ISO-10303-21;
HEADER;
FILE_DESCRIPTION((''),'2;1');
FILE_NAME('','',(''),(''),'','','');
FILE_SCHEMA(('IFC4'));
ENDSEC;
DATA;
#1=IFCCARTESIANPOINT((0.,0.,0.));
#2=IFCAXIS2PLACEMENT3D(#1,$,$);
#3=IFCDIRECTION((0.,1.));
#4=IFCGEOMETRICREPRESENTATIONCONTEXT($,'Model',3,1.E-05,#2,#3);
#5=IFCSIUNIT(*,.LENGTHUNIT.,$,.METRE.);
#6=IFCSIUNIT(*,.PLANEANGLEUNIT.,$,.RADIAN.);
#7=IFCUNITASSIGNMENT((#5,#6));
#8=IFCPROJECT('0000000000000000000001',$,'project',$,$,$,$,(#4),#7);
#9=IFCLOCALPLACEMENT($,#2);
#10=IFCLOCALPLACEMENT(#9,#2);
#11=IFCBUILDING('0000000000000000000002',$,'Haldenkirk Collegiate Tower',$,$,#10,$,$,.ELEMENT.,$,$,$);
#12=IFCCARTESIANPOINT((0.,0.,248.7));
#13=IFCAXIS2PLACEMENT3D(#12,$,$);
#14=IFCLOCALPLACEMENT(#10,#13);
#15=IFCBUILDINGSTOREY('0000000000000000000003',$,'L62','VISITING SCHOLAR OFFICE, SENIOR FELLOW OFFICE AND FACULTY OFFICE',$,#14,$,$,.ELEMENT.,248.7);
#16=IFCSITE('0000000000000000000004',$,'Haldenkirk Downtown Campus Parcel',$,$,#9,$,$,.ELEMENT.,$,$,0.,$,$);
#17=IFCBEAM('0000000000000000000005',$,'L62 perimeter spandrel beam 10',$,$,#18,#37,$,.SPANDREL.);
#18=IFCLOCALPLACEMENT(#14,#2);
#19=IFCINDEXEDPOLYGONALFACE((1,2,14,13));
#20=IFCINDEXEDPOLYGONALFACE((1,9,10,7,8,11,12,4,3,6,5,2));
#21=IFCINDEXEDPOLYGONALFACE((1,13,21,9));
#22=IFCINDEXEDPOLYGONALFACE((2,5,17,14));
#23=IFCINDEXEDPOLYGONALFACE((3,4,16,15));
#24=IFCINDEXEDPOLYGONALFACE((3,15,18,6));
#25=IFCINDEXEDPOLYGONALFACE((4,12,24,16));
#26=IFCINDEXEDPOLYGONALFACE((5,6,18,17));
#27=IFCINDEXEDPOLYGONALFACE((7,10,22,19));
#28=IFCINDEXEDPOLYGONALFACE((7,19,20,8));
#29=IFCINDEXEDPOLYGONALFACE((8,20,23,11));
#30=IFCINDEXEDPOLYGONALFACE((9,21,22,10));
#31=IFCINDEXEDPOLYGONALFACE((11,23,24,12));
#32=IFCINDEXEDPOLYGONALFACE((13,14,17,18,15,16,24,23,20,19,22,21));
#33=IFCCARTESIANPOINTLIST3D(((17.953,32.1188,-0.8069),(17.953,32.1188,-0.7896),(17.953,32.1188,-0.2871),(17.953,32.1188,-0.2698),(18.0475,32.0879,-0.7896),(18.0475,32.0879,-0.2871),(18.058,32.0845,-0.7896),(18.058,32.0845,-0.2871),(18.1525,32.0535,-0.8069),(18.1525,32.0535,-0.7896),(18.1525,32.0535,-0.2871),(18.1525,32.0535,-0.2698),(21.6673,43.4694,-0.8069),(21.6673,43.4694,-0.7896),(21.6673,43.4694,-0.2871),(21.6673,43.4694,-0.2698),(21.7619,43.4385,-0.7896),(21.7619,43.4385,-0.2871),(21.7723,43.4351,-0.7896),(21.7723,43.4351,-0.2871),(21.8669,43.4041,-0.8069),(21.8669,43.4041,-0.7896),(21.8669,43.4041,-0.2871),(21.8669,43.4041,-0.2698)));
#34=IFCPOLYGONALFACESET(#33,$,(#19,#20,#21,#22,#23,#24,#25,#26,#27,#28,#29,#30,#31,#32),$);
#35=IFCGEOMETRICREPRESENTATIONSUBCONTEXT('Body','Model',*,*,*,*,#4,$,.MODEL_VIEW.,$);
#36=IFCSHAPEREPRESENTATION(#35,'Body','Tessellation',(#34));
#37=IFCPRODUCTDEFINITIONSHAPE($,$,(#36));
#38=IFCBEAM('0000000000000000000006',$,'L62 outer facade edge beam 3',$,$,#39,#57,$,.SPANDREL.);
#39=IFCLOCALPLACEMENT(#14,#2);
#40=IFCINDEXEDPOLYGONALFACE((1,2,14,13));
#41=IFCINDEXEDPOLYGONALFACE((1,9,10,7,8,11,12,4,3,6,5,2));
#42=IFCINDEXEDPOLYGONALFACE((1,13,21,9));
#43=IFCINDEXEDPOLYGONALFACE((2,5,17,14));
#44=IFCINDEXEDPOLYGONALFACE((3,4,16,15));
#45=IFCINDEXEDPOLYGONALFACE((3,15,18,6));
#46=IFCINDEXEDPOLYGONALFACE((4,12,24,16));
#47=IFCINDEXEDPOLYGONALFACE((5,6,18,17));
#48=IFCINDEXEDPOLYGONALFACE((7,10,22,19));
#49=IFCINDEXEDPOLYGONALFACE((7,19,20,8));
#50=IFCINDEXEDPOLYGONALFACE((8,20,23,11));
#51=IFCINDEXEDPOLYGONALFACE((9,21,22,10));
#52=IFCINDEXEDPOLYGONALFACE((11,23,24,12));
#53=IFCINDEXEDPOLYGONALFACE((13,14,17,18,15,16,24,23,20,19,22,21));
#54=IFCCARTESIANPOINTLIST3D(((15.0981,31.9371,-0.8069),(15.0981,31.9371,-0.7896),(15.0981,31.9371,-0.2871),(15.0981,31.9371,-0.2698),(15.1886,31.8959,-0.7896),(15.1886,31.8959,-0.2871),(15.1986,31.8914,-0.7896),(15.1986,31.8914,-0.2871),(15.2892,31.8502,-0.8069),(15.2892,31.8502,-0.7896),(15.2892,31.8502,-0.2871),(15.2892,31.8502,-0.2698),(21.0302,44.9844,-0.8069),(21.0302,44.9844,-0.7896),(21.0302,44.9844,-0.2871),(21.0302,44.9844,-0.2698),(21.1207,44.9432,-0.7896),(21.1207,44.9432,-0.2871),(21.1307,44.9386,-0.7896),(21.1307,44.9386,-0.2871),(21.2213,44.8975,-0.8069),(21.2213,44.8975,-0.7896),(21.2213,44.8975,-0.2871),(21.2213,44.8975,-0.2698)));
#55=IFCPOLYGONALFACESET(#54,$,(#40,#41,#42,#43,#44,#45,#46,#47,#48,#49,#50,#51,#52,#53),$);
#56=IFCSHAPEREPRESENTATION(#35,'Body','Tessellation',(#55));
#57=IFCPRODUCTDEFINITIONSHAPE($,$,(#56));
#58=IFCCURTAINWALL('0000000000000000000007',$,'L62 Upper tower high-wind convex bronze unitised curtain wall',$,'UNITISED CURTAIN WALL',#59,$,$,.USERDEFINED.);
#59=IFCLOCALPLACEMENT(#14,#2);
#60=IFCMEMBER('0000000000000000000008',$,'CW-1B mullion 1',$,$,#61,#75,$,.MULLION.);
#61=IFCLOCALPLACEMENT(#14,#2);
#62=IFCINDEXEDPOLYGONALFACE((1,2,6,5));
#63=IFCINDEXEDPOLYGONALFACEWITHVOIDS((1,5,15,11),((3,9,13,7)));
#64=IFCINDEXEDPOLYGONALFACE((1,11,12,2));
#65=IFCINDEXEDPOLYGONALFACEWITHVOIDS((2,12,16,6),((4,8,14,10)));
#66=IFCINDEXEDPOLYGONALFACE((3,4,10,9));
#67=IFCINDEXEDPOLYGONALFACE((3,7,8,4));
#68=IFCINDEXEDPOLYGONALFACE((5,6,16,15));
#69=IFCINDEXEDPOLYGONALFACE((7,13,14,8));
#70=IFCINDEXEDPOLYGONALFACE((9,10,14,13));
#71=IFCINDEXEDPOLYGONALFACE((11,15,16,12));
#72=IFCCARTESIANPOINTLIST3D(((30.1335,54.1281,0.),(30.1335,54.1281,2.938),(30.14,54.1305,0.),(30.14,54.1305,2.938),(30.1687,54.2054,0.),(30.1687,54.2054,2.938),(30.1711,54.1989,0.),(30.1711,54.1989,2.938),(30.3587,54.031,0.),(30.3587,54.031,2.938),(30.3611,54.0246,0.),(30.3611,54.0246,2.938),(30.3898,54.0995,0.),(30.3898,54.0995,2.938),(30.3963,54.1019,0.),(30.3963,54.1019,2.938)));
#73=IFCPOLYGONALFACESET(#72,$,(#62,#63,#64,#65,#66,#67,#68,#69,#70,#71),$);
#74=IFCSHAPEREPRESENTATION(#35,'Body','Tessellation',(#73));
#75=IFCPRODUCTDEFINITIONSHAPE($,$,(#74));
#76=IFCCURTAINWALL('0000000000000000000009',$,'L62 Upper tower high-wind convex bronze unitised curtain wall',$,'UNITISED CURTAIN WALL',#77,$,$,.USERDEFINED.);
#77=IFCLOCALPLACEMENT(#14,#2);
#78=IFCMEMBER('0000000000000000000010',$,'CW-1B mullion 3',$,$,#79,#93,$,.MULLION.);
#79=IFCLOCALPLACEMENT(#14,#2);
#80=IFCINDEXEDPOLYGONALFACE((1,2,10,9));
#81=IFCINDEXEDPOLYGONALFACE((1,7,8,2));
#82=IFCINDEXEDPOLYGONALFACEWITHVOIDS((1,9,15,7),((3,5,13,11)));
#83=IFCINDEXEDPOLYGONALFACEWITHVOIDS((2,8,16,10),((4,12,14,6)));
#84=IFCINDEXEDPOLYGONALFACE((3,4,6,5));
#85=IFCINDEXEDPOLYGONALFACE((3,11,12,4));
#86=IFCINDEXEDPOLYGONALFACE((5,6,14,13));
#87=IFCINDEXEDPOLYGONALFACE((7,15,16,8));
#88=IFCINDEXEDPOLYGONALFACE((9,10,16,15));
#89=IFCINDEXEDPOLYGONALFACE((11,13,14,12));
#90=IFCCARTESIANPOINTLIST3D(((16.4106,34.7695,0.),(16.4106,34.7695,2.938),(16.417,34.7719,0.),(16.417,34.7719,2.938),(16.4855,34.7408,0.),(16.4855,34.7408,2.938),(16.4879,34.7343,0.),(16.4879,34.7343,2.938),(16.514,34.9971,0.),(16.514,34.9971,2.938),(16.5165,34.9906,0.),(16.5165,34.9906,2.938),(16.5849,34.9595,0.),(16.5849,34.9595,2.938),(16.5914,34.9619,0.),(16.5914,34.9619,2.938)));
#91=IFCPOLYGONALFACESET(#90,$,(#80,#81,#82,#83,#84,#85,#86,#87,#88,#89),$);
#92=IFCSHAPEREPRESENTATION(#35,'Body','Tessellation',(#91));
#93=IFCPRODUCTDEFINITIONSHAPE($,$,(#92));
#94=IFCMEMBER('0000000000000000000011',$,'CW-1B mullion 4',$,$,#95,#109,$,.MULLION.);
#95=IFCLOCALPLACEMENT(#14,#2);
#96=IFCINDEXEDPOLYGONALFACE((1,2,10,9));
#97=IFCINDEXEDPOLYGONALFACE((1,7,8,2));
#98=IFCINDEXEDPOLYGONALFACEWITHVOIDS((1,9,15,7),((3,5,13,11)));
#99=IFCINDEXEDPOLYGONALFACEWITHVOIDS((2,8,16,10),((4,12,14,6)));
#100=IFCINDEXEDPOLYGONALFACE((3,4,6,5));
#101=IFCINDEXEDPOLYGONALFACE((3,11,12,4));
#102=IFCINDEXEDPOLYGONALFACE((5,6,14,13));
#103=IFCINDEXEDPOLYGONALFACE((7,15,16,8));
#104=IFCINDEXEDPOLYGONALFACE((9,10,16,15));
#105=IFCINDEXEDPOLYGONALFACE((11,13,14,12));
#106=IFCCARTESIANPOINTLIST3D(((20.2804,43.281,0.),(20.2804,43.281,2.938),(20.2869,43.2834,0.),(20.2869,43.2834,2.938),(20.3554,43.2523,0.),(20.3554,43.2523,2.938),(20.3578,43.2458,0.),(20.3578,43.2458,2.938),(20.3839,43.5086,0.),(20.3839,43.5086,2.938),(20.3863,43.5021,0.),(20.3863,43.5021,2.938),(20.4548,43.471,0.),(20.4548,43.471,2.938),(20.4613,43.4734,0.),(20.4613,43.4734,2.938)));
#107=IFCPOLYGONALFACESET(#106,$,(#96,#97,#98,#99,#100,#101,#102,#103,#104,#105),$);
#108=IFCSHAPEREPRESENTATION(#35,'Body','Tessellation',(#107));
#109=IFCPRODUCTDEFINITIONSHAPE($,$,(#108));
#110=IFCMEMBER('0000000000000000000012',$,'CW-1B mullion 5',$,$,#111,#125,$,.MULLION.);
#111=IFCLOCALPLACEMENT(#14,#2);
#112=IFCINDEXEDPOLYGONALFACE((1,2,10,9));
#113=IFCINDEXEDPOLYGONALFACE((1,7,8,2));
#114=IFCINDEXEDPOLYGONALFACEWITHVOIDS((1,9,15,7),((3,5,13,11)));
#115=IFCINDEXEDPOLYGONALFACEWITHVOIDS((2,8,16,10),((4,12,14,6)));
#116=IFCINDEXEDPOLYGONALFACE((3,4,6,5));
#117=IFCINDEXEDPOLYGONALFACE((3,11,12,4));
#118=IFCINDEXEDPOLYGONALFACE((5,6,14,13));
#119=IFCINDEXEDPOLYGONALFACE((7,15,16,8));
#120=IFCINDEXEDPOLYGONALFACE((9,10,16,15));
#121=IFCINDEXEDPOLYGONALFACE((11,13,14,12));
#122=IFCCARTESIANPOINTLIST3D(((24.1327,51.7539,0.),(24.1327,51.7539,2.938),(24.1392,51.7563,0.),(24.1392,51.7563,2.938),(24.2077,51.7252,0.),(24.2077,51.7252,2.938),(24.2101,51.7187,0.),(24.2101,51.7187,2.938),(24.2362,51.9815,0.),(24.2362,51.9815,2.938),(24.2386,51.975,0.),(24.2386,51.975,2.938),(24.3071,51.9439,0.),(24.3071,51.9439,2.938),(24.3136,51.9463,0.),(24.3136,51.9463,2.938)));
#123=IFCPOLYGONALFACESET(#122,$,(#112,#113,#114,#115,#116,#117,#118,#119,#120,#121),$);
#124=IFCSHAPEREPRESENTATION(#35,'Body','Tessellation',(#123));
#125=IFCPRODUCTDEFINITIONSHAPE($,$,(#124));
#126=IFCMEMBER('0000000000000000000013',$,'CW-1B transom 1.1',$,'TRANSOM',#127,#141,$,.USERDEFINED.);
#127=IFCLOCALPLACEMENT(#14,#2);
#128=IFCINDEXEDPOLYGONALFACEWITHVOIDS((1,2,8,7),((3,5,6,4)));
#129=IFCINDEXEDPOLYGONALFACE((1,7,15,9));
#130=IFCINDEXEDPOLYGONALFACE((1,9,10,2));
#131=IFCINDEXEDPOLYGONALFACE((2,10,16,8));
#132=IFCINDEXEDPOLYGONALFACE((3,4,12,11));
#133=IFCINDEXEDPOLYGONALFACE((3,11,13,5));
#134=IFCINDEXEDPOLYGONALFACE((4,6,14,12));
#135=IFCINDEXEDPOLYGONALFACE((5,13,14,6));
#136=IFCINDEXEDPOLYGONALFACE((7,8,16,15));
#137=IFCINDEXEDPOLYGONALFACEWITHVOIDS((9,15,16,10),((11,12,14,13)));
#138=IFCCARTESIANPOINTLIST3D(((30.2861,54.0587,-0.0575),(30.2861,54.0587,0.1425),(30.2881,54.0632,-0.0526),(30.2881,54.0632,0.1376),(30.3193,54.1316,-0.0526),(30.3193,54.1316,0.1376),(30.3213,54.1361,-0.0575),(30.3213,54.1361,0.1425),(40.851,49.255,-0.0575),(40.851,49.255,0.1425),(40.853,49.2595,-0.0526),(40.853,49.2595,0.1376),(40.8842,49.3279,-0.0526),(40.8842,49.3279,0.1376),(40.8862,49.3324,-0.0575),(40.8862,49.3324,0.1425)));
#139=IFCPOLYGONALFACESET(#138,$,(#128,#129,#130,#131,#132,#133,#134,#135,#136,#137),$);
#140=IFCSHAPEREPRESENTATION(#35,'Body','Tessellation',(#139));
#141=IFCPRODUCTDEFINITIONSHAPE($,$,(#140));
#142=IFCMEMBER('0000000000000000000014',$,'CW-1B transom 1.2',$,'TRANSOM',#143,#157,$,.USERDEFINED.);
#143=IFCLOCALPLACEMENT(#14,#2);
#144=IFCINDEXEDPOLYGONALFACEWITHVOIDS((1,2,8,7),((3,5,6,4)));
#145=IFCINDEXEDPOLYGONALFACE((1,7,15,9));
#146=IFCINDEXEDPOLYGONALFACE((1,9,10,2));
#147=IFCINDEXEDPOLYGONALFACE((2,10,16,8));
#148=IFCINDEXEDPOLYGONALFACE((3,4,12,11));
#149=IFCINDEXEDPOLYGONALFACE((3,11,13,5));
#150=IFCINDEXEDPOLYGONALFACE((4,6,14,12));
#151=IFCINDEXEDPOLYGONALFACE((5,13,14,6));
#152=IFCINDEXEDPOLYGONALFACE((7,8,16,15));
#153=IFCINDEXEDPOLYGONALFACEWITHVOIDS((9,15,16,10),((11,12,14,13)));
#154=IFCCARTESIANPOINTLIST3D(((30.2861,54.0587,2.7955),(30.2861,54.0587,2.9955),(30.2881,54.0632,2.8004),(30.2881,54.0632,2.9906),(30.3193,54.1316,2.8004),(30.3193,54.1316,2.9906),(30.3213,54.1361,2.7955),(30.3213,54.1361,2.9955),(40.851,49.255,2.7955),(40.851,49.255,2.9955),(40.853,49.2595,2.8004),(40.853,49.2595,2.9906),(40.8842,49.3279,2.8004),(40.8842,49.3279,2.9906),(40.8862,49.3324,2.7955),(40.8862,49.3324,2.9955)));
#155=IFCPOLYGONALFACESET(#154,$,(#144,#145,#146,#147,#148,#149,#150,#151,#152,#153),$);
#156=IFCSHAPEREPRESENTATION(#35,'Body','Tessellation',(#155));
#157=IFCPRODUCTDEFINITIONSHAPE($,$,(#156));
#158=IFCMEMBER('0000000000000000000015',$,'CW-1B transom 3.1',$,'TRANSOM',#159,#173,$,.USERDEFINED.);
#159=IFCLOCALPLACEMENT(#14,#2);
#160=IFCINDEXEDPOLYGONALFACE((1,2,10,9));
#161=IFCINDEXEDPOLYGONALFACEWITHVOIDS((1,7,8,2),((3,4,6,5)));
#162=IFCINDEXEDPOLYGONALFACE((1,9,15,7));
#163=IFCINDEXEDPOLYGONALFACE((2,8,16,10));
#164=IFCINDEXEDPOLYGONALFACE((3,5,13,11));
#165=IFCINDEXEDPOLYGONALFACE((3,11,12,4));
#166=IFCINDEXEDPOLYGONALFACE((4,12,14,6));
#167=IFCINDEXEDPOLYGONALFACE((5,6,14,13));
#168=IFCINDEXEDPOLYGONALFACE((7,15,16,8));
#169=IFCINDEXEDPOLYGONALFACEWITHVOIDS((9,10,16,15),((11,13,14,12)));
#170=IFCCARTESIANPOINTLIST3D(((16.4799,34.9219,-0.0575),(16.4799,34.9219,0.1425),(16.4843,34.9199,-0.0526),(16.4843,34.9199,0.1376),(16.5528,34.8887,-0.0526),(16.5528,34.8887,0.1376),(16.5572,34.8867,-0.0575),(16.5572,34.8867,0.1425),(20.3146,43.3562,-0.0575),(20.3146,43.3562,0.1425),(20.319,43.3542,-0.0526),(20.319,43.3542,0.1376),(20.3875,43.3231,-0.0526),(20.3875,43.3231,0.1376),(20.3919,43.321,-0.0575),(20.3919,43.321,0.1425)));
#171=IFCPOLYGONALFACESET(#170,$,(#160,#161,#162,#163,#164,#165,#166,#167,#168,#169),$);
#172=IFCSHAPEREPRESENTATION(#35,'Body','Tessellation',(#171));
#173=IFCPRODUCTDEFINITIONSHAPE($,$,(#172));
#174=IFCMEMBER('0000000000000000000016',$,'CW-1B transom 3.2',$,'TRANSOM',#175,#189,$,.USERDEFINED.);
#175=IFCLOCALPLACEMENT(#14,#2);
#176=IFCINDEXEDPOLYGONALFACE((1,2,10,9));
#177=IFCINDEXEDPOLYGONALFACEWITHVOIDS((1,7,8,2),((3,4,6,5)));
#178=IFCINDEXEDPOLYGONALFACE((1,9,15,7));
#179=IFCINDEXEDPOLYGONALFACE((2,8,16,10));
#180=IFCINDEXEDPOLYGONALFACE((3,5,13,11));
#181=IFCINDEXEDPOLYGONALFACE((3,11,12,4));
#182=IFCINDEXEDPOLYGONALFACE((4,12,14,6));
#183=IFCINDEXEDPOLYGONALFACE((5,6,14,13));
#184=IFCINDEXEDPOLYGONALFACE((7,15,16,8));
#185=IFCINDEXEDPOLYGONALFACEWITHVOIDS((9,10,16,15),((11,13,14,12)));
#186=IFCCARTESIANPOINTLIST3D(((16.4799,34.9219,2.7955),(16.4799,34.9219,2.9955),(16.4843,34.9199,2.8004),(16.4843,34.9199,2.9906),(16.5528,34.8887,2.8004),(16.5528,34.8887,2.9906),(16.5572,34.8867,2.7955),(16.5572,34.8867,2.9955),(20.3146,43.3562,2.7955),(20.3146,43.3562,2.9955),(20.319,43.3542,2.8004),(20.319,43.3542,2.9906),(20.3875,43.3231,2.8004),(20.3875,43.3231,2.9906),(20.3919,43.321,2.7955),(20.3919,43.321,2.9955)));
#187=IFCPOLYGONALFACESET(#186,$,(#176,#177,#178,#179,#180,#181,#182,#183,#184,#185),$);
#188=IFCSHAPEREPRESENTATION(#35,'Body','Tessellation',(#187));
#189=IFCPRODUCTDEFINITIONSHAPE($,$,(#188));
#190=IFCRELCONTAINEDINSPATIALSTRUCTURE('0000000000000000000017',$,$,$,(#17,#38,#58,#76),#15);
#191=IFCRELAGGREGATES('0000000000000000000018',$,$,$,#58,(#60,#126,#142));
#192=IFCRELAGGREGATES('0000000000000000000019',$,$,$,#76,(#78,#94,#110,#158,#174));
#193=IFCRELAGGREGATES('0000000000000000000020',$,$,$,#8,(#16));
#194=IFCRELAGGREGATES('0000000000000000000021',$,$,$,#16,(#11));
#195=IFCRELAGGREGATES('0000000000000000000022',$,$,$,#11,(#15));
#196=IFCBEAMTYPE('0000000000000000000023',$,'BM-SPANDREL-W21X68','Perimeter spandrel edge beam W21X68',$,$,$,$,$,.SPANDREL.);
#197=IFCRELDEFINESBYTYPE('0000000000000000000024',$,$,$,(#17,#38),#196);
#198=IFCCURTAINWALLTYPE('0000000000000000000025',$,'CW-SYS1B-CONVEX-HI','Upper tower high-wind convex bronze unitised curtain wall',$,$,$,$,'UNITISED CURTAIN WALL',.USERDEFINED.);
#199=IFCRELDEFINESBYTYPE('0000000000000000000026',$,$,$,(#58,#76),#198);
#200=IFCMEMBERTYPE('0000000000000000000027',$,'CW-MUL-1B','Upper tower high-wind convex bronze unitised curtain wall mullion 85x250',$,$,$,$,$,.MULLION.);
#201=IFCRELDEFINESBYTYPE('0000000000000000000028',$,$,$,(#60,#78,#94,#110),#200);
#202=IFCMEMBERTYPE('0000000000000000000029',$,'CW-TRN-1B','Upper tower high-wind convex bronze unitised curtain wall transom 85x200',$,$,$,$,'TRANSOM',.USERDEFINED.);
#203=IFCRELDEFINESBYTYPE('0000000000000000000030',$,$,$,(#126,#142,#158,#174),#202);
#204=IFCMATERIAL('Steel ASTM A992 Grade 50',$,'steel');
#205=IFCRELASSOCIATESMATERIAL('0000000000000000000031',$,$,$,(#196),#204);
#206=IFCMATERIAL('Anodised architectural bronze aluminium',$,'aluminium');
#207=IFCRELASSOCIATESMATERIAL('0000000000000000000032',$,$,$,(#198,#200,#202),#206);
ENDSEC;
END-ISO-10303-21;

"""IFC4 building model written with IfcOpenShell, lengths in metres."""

from ifc_helpers import new_model, si_unit, direction, frame, origin, origin_2d, place, context, subcontext, project, spatial, hollow_rectangle, i_section, extrude, material, material_profile, profile_set, type_object, element, aggregate, save


model = new_model("IFC4")

# Units and contexts
model_context = context("Model", 3, precision=1e-05, world=origin(), true_north=direction((0.0, 1.0)))
body_context = subcontext(model_context, "Body", "Model", "MODEL_VIEW")
ifc_project = project(units=[si_unit("LENGTHUNIT", "METRE"), si_unit("PLANEANGLEUNIT", "RADIAN")], contexts=[model_context])

# Site, building, storey
site_placement = place(None, origin())
site = spatial("IfcSite", under=ifc_project, at=site_placement, Name="Haldenkirk Downtown Campus Parcel", CompositionType="ELEMENT", RefElevation=0.0)
building_placement = place(site_placement, origin())
building = spatial("IfcBuilding", under=site, at=building_placement, Name="Haldenkirk Collegiate Tower", CompositionType="ELEMENT")
storey_placement = place(building_placement, frame((0.0, 0.0, 248.7)))
storey = spatial("IfcBuildingStorey", under=building, at=storey_placement, Name="L62", Description="VISITING SCHOLAR OFFICE, SENIOR FELLOW OFFICE AND FACULTY OFFICE", CompositionType="ELEMENT", Elevation=248.7)

# Beams
ifc_material_1 = material(Name="Steel ASTM A992 Grade 50", Category="steel")
ifc_material_profile_1 = material_profile(ifc_material_1, i_section(OverallWidth=0.21, OverallDepth=0.5371, WebThickness=0.011, FlangeThickness=0.0173, at=origin_2d()), Name="W21X68")
ifc_profile_set_1 = profile_set([ifc_material_profile_1], Name="Steel ASTM A992 Grade 50")
beam_type_1 = type_object("IfcBeamType", Name="BM-SPANDREL-W21X68", Description="Perimeter spandrel edge beam W21X68", PredefinedType="SPANDREL", material=ifc_profile_set_1)
beam_1_placement = place(storey_placement, frame((21.7671, 43.4368, -0.5383), z_axis=(-0.31101, -0.950407, 0.0), x_axis=(0.950407, -0.31101, 0.0)))
element("IfcBeam", 1, at=beam_1_placement, inside=storey, type_object=beam_type_1, Name="L62 perimeter spandrel beam 10", PredefinedType="SPANDREL", context=body_context, shape_type="SweptSolid", body=[
    extrude(i_section(OverallWidth=0.21, OverallDepth=0.5371, WebThickness=0.011, FlangeThickness=0.0173, at=origin_2d()), origin(), (0.0, 0.0, 1.0), 11.9429),
])
beam_2_placement = place(storey_placement, frame((21.1257, 44.9409, -0.5383), z_axis=(-0.41389, -0.910327, 0.0), x_axis=(0.910327, -0.41389, 0.0)))
element("IfcBeam", 2, at=beam_2_placement, inside=storey, type_object=beam_type_1, Name="L62 outer facade edge beam 3", PredefinedType="SPANDREL", context=body_context, shape_type="SweptSolid", body=[
    extrude(i_section(OverallWidth=0.21, OverallDepth=0.5371, WebThickness=0.011, FlangeThickness=0.0173, at=origin_2d()), origin(), (0.0, 0.0, 1.0), 14.3325),
])

# Curtain wall, member
ifc_material_2 = material(Name="Anodised architectural bronze aluminium", Category="aluminium")
curtain_wall_type = type_object("IfcCurtainWallType", Name="CW-SYS1B-CONVEX-HI", Description="Upper tower high-wind convex bronze unitised curtain wall", ElementType="UNITISED CURTAIN WALL", PredefinedType="USERDEFINED", material=ifc_material_2)
curtain_wall_1_placement = place(storey_placement, origin())
curtain_wall_1 = element("IfcCurtainWall", 3, at=curtain_wall_1_placement, inside=storey, type_object=curtain_wall_type, Name="L62 Upper tower high-wind convex bronze unitised curtain wall", ObjectType="UNITISED CURTAIN WALL", PredefinedType="USERDEFINED")
ifc_material_profile_2 = material_profile(ifc_material_2, hollow_rectangle(XDim=0.085, YDim=0.25, WallThickness=0.0049, at=origin_2d()), Name="CW-MUL-1B")
ifc_profile_set_2 = profile_set([ifc_material_profile_2], Name="Anodised architectural bronze aluminium")
member_type_1 = type_object("IfcMemberType", Name="CW-MUL-1B", Description="Upper tower high-wind convex bronze unitised curtain wall mullion 85x250", PredefinedType="MULLION", material=ifc_profile_set_2)
member_1_placement = place(storey_placement, frame((30.2649, 54.115, 0.0), z_axis=(0.0, 0.0, 1.0), x_axis=(0.413901, 0.910322, 0.0)))
member_1 = element("IfcMember", 4, at=member_1_placement, type_object=member_type_1, Name="CW-1B mullion 1", PredefinedType="MULLION", context=body_context, shape_type="SweptSolid", body=[
    extrude(hollow_rectangle(XDim=0.085, YDim=0.25, WallThickness=0.0049, at=origin_2d()), origin(), (0.0, 0.0, 1.0), 2.938),
])

# Curtain wall, members
curtain_wall_2_placement = place(storey_placement, origin())
curtain_wall_2 = element("IfcCurtainWall", 5, at=curtain_wall_2_placement, inside=storey, type_object=curtain_wall_type, Name="L62 Upper tower high-wind convex bronze unitised curtain wall", ObjectType="UNITISED CURTAIN WALL", PredefinedType="USERDEFINED")
member_2_placement = place(storey_placement, frame((16.501, 34.8657, 0.0), z_axis=(0.0, 0.0, 1.0), x_axis=(-0.910323, 0.413899, 0.0)))
member_2 = element("IfcMember", 6, at=member_2_placement, type_object=member_type_1, Name="CW-1B mullion 3", PredefinedType="MULLION", context=body_context, shape_type="SweptSolid", body=[
    extrude(hollow_rectangle(XDim=0.085, YDim=0.25, WallThickness=0.0049, at=origin_2d()), origin(), (0.0, 0.0, 1.0), 2.938),
])
member_3_placement = place(storey_placement, frame((20.3708, 43.3772, 0.0), z_axis=(0.0, 0.0, 1.0), x_axis=(-0.910323, 0.413899, 0.0)))
member_3 = element("IfcMember", 7, at=member_3_placement, type_object=member_type_1, Name="CW-1B mullion 4", PredefinedType="MULLION", context=body_context, shape_type="SweptSolid", body=[
    extrude(hollow_rectangle(XDim=0.085, YDim=0.25, WallThickness=0.0049, at=origin_2d()), origin(), (0.0, 0.0, 1.0), 2.938),
])
member_4_placement = place(storey_placement, frame((24.2231, 51.8501, 0.0), z_axis=(0.0, 0.0, 1.0), x_axis=(-0.910323, 0.413899, 0.0)))
member_4 = element("IfcMember", 8, at=member_4_placement, type_object=member_type_1, Name="CW-1B mullion 5", PredefinedType="MULLION", context=body_context, shape_type="SweptSolid", body=[
    extrude(hollow_rectangle(XDim=0.085, YDim=0.25, WallThickness=0.0049, at=origin_2d()), origin(), (0.0, 0.0, 1.0), 2.938),
])

# Members
ifc_material_profile_3 = material_profile(ifc_material_2, hollow_rectangle(XDim=0.085, YDim=0.2, WallThickness=0.0049, at=origin_2d()), Name="CW-TRN-1B")
ifc_profile_set_3 = profile_set([ifc_material_profile_3], Name="Anodised architectural bronze aluminium")
member_type_2 = type_object("IfcMemberType", Name="CW-TRN-1B", Description="Upper tower high-wind convex bronze unitised curtain wall transom 85x200", ElementType="TRANSOM", PredefinedType="USERDEFINED", material=ifc_profile_set_3)
member_5_placement = place(storey_placement, frame((30.3037, 54.0974, 0.0425), z_axis=(0.910319, -0.413908, 0.0), x_axis=(0.413908, 0.910319, 0.0)))
member_5 = element("IfcMember", 9, at=member_5_placement, type_object=member_type_2, Name="CW-1B transom 1.1", ObjectType="TRANSOM", PredefinedType="USERDEFINED", context=body_context, shape_type="SweptSolid", body=[
    extrude(hollow_rectangle(XDim=0.085, YDim=0.2, WallThickness=0.0049, at=origin_2d()), origin(), (0.0, 0.0, 1.0), 11.6057),
])
member_6_placement = place(storey_placement, frame((30.3037, 54.0974, 2.8955), z_axis=(0.910319, -0.413908, 0.0), x_axis=(0.413908, 0.910319, 0.0)))
member_6 = element("IfcMember", 10, at=member_6_placement, type_object=member_type_2, Name="CW-1B transom 1.2", ObjectType="TRANSOM", PredefinedType="USERDEFINED", context=body_context, shape_type="SweptSolid", body=[
    extrude(hollow_rectangle(XDim=0.085, YDim=0.2, WallThickness=0.0049, at=origin_2d()), origin(), (0.0, 0.0, 1.0), 11.6057),
])
aggregate(curtain_wall_1, [member_1, member_5, member_6])
member_7_placement = place(storey_placement, frame((16.5186, 34.9043, 0.0425), z_axis=(0.413886, 0.910329, 0.0), x_axis=(-0.910329, 0.413886, 0.0)))
member_7 = element("IfcMember", 11, at=member_7_placement, type_object=member_type_2, Name="CW-1B transom 3.1", ObjectType="TRANSOM", PredefinedType="USERDEFINED", context=body_context, shape_type="SweptSolid", body=[
    extrude(hollow_rectangle(XDim=0.085, YDim=0.2, WallThickness=0.0049, at=origin_2d()), origin(), (0.0, 0.0, 1.0), 9.2651),
])
member_8_placement = place(storey_placement, frame((16.5186, 34.9043, 2.8955), z_axis=(0.413886, 0.910329, 0.0), x_axis=(-0.910329, 0.413886, 0.0)))
member_8 = element("IfcMember", 12, at=member_8_placement, type_object=member_type_2, Name="CW-1B transom 3.2", ObjectType="TRANSOM", PredefinedType="USERDEFINED", context=body_context, shape_type="SweptSolid", body=[
    extrude(hollow_rectangle(XDim=0.085, YDim=0.2, WallThickness=0.0049, at=origin_2d()), origin(), (0.0, 0.0, 1.0), 9.2651),
])

aggregate(curtain_wall_2, [member_2, member_3, member_4, member_7, member_8])

save(model, "model.ifc")
